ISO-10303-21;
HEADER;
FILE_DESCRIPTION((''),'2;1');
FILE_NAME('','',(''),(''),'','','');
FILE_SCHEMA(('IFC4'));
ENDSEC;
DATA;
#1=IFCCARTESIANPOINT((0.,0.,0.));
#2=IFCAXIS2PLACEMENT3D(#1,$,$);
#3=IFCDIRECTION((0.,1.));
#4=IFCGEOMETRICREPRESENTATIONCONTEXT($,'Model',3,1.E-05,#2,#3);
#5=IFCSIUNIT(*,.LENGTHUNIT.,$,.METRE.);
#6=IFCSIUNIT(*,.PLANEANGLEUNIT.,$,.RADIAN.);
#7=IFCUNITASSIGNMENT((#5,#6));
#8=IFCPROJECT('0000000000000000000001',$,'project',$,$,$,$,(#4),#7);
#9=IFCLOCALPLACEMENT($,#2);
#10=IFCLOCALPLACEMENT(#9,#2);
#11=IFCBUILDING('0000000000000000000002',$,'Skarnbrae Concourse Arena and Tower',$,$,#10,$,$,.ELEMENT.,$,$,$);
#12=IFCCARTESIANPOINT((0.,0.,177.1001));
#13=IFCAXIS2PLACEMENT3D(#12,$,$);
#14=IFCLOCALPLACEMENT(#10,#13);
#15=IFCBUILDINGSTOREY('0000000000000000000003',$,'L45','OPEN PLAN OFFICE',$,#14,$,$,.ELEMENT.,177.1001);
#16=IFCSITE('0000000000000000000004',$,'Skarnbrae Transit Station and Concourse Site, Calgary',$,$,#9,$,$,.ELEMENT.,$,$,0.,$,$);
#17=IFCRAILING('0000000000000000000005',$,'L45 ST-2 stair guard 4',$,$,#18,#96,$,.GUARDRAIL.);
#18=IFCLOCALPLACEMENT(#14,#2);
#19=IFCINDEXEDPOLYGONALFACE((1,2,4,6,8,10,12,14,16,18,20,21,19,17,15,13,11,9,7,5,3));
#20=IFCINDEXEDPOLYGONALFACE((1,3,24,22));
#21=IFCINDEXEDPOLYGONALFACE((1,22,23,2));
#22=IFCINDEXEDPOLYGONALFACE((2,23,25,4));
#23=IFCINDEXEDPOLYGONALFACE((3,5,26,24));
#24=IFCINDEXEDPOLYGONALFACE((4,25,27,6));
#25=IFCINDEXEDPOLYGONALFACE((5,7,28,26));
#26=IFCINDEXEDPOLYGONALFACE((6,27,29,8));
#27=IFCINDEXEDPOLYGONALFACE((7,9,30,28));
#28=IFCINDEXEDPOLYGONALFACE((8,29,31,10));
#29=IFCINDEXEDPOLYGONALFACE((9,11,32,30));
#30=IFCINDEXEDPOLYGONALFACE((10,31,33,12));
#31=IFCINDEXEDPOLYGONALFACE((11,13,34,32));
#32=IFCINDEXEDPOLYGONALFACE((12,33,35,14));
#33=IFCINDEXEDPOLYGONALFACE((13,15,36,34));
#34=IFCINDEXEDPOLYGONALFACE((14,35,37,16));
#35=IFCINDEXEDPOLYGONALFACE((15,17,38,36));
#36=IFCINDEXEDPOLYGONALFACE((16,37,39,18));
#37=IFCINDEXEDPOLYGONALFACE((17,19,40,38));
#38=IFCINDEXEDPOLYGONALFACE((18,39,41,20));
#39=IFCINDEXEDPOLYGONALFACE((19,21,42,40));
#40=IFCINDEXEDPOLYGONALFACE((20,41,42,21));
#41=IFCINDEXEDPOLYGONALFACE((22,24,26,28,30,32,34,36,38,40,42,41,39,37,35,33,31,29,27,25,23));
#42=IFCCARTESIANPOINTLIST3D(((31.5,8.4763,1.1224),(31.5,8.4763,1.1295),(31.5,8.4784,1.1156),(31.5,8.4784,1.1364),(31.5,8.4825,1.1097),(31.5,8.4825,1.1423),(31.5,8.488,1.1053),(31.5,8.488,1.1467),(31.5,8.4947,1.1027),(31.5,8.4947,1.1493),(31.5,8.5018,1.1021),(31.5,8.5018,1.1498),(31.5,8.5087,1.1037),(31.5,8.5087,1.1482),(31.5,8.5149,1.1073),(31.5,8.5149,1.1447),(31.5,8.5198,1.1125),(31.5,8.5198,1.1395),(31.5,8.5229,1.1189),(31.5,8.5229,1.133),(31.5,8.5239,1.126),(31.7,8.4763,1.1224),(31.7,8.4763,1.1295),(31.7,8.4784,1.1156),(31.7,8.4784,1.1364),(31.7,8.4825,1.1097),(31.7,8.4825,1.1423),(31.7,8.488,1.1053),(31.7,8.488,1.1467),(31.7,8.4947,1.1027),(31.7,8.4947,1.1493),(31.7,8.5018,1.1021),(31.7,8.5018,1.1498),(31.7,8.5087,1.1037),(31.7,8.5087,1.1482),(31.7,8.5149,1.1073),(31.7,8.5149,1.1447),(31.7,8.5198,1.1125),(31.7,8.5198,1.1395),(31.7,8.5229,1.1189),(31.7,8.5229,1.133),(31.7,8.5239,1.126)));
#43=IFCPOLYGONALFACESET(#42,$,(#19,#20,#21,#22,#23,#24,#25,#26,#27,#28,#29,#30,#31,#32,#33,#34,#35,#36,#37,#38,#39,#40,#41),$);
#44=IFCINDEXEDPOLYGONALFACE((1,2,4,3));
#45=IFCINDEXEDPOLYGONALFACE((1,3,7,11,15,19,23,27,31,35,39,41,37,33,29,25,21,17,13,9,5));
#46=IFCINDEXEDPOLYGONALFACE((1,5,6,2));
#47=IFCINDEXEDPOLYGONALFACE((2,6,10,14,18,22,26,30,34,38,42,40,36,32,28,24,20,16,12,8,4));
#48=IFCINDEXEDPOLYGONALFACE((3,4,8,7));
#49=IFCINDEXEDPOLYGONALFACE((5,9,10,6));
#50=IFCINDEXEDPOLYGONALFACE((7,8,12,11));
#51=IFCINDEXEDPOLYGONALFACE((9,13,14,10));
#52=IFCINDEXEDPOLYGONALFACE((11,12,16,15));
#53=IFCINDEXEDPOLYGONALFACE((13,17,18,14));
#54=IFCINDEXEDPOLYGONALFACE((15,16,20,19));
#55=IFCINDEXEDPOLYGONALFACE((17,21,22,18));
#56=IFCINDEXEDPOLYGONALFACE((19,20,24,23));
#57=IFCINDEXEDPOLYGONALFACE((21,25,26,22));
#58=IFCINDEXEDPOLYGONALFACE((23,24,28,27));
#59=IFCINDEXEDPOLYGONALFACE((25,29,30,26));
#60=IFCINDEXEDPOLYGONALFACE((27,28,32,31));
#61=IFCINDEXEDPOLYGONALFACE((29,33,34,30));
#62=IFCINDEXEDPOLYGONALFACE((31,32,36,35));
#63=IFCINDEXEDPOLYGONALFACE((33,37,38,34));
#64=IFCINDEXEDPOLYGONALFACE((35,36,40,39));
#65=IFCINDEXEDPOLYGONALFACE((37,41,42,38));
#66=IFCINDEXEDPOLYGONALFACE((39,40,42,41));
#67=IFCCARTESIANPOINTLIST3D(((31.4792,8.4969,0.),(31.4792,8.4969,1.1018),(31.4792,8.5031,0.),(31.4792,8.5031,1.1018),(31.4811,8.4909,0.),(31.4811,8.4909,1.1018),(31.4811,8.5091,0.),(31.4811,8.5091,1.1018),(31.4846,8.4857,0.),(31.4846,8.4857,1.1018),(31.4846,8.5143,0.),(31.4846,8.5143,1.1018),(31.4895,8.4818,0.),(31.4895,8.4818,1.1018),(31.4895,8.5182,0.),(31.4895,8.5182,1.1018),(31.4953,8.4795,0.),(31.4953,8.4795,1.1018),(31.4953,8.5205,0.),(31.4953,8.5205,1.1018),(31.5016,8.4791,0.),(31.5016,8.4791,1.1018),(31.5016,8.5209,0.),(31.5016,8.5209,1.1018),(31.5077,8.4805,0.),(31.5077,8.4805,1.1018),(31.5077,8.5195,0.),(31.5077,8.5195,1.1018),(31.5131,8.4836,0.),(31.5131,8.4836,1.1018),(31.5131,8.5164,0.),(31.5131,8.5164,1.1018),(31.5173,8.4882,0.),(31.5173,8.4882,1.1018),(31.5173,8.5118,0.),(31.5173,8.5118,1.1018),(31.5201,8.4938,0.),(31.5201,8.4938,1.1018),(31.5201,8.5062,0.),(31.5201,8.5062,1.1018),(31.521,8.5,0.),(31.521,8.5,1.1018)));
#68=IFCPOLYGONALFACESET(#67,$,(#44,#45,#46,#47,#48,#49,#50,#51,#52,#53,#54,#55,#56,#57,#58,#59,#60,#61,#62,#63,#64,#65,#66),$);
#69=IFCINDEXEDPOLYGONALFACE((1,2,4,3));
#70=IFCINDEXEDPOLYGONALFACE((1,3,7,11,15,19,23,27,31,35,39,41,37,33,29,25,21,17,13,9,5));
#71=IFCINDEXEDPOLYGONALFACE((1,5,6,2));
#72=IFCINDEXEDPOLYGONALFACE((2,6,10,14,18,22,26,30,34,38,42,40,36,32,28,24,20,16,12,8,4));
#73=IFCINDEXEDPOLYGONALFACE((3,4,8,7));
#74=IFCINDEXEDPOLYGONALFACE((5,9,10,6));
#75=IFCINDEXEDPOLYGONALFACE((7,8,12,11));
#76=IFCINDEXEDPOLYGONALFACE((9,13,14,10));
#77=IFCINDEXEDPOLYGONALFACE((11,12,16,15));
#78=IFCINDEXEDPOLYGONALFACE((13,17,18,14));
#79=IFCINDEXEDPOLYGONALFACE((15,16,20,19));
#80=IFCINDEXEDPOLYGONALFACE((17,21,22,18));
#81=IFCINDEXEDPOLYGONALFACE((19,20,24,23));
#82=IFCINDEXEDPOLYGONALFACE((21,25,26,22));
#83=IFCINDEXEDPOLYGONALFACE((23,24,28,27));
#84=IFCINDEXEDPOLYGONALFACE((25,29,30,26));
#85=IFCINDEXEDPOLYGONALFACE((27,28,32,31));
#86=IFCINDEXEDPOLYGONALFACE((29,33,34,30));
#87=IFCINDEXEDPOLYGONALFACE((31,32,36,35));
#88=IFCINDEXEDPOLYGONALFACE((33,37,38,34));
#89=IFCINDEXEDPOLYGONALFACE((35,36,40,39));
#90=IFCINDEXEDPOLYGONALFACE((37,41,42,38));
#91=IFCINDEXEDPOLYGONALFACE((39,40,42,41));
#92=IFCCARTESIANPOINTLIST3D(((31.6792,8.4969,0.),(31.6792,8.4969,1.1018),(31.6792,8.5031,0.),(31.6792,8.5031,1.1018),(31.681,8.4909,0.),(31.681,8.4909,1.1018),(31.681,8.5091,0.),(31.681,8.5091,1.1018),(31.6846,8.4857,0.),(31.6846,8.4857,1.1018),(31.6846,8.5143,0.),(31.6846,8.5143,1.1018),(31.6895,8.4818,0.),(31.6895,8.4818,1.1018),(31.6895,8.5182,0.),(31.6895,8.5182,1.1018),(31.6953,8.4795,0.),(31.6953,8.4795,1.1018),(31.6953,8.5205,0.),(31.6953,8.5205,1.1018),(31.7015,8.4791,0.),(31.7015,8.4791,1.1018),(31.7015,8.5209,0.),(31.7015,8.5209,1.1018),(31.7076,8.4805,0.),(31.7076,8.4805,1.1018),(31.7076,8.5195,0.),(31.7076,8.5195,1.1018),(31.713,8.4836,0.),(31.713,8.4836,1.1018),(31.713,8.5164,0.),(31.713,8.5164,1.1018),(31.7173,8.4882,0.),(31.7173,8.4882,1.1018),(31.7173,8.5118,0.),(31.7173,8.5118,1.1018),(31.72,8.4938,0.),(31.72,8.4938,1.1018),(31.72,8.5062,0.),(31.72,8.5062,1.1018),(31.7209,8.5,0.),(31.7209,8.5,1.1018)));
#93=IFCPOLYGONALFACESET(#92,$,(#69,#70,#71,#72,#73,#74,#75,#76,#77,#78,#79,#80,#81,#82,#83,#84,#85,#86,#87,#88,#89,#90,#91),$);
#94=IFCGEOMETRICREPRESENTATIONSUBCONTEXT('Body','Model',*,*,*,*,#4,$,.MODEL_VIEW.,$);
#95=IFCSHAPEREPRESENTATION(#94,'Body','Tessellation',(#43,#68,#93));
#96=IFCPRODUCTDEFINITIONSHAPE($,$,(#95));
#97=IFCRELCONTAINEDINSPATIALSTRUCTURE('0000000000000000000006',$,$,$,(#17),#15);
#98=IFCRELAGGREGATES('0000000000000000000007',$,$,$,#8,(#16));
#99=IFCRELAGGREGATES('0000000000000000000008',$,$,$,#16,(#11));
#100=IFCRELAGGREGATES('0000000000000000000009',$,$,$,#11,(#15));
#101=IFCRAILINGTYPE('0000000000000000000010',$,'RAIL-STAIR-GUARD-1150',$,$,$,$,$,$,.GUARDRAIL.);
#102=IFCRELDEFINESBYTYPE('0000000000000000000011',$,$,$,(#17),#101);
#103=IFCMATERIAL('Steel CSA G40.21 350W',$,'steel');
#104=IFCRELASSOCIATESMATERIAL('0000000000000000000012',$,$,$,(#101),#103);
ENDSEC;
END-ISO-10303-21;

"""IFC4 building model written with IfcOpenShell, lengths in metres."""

from ifc_helpers import new_model, si_unit, direction, frame, origin, origin_2d, place, context, subcontext, project, spatial, circle, extrude, material, type_object, element, save


model = new_model("IFC4")

# Units and contexts
model_context = context("Model", 3, precision=1e-05, world=origin(), true_north=direction((0.0, 1.0)))
body_context = subcontext(model_context, "Body", "Model", "MODEL_VIEW")
ifc_project = project(units=[si_unit("LENGTHUNIT", "METRE"), si_unit("PLANEANGLEUNIT", "RADIAN")], contexts=[model_context])

# Site, building, storey
site_placement = place(None, origin())
site = spatial("IfcSite", under=ifc_project, at=site_placement, Name="Skarnbrae Transit Station and Concourse Site, Calgary", CompositionType="ELEMENT", RefElevation=0.0)
building_placement = place(site_placement, origin())
building = spatial("IfcBuilding", under=site, at=building_placement, Name="Skarnbrae Concourse Arena and Tower", CompositionType="ELEMENT")
storey_placement = place(building_placement, frame((0.0, 0.0, 177.1001)))
storey = spatial("IfcBuildingStorey", under=building, at=storey_placement, Name="L45", Description="OPEN PLAN OFFICE", CompositionType="ELEMENT", Elevation=177.1001)

# Shared definitions
ifc_material_1 = material(Name="Steel CSA G40.21 350W", Category="steel")

# Railing
railing_type_1 = type_object("IfcRailingType", Name="RAIL-STAIR-GUARD-1150", PredefinedType="GUARDRAIL", material=ifc_material_1)
railing_1_placement = place(storey_placement, frame((31.5, 8.5, 0.0)))
element("IfcRailing", 1, at=railing_1_placement, inside=storey, type_object=railing_type_1, Name="L45 ST-2 stair guard 4", PredefinedType="GUARDRAIL", context=body_context, shape_type="SweptSolid", body=[
    extrude(circle(Radius=0.0239, at=origin_2d()), frame((0.0, 0.0, 1.126), z_axis=(1.0, 0.0, 0.0), x_axis=(0.0, 1.0, 0.0)), (0.0, 0.0, 1.0), 0.2),
    extrude(circle(Radius=0.021, at=origin_2d()), origin(), (0.0, 0.0, 1.0), 1.1018),
    extrude(circle(Radius=0.021, at=origin_2d()), frame((0.2, 0.0, 0.0)), (0.0, 0.0, 1.0), 1.1018),
])

save(model, "model.ifc")
